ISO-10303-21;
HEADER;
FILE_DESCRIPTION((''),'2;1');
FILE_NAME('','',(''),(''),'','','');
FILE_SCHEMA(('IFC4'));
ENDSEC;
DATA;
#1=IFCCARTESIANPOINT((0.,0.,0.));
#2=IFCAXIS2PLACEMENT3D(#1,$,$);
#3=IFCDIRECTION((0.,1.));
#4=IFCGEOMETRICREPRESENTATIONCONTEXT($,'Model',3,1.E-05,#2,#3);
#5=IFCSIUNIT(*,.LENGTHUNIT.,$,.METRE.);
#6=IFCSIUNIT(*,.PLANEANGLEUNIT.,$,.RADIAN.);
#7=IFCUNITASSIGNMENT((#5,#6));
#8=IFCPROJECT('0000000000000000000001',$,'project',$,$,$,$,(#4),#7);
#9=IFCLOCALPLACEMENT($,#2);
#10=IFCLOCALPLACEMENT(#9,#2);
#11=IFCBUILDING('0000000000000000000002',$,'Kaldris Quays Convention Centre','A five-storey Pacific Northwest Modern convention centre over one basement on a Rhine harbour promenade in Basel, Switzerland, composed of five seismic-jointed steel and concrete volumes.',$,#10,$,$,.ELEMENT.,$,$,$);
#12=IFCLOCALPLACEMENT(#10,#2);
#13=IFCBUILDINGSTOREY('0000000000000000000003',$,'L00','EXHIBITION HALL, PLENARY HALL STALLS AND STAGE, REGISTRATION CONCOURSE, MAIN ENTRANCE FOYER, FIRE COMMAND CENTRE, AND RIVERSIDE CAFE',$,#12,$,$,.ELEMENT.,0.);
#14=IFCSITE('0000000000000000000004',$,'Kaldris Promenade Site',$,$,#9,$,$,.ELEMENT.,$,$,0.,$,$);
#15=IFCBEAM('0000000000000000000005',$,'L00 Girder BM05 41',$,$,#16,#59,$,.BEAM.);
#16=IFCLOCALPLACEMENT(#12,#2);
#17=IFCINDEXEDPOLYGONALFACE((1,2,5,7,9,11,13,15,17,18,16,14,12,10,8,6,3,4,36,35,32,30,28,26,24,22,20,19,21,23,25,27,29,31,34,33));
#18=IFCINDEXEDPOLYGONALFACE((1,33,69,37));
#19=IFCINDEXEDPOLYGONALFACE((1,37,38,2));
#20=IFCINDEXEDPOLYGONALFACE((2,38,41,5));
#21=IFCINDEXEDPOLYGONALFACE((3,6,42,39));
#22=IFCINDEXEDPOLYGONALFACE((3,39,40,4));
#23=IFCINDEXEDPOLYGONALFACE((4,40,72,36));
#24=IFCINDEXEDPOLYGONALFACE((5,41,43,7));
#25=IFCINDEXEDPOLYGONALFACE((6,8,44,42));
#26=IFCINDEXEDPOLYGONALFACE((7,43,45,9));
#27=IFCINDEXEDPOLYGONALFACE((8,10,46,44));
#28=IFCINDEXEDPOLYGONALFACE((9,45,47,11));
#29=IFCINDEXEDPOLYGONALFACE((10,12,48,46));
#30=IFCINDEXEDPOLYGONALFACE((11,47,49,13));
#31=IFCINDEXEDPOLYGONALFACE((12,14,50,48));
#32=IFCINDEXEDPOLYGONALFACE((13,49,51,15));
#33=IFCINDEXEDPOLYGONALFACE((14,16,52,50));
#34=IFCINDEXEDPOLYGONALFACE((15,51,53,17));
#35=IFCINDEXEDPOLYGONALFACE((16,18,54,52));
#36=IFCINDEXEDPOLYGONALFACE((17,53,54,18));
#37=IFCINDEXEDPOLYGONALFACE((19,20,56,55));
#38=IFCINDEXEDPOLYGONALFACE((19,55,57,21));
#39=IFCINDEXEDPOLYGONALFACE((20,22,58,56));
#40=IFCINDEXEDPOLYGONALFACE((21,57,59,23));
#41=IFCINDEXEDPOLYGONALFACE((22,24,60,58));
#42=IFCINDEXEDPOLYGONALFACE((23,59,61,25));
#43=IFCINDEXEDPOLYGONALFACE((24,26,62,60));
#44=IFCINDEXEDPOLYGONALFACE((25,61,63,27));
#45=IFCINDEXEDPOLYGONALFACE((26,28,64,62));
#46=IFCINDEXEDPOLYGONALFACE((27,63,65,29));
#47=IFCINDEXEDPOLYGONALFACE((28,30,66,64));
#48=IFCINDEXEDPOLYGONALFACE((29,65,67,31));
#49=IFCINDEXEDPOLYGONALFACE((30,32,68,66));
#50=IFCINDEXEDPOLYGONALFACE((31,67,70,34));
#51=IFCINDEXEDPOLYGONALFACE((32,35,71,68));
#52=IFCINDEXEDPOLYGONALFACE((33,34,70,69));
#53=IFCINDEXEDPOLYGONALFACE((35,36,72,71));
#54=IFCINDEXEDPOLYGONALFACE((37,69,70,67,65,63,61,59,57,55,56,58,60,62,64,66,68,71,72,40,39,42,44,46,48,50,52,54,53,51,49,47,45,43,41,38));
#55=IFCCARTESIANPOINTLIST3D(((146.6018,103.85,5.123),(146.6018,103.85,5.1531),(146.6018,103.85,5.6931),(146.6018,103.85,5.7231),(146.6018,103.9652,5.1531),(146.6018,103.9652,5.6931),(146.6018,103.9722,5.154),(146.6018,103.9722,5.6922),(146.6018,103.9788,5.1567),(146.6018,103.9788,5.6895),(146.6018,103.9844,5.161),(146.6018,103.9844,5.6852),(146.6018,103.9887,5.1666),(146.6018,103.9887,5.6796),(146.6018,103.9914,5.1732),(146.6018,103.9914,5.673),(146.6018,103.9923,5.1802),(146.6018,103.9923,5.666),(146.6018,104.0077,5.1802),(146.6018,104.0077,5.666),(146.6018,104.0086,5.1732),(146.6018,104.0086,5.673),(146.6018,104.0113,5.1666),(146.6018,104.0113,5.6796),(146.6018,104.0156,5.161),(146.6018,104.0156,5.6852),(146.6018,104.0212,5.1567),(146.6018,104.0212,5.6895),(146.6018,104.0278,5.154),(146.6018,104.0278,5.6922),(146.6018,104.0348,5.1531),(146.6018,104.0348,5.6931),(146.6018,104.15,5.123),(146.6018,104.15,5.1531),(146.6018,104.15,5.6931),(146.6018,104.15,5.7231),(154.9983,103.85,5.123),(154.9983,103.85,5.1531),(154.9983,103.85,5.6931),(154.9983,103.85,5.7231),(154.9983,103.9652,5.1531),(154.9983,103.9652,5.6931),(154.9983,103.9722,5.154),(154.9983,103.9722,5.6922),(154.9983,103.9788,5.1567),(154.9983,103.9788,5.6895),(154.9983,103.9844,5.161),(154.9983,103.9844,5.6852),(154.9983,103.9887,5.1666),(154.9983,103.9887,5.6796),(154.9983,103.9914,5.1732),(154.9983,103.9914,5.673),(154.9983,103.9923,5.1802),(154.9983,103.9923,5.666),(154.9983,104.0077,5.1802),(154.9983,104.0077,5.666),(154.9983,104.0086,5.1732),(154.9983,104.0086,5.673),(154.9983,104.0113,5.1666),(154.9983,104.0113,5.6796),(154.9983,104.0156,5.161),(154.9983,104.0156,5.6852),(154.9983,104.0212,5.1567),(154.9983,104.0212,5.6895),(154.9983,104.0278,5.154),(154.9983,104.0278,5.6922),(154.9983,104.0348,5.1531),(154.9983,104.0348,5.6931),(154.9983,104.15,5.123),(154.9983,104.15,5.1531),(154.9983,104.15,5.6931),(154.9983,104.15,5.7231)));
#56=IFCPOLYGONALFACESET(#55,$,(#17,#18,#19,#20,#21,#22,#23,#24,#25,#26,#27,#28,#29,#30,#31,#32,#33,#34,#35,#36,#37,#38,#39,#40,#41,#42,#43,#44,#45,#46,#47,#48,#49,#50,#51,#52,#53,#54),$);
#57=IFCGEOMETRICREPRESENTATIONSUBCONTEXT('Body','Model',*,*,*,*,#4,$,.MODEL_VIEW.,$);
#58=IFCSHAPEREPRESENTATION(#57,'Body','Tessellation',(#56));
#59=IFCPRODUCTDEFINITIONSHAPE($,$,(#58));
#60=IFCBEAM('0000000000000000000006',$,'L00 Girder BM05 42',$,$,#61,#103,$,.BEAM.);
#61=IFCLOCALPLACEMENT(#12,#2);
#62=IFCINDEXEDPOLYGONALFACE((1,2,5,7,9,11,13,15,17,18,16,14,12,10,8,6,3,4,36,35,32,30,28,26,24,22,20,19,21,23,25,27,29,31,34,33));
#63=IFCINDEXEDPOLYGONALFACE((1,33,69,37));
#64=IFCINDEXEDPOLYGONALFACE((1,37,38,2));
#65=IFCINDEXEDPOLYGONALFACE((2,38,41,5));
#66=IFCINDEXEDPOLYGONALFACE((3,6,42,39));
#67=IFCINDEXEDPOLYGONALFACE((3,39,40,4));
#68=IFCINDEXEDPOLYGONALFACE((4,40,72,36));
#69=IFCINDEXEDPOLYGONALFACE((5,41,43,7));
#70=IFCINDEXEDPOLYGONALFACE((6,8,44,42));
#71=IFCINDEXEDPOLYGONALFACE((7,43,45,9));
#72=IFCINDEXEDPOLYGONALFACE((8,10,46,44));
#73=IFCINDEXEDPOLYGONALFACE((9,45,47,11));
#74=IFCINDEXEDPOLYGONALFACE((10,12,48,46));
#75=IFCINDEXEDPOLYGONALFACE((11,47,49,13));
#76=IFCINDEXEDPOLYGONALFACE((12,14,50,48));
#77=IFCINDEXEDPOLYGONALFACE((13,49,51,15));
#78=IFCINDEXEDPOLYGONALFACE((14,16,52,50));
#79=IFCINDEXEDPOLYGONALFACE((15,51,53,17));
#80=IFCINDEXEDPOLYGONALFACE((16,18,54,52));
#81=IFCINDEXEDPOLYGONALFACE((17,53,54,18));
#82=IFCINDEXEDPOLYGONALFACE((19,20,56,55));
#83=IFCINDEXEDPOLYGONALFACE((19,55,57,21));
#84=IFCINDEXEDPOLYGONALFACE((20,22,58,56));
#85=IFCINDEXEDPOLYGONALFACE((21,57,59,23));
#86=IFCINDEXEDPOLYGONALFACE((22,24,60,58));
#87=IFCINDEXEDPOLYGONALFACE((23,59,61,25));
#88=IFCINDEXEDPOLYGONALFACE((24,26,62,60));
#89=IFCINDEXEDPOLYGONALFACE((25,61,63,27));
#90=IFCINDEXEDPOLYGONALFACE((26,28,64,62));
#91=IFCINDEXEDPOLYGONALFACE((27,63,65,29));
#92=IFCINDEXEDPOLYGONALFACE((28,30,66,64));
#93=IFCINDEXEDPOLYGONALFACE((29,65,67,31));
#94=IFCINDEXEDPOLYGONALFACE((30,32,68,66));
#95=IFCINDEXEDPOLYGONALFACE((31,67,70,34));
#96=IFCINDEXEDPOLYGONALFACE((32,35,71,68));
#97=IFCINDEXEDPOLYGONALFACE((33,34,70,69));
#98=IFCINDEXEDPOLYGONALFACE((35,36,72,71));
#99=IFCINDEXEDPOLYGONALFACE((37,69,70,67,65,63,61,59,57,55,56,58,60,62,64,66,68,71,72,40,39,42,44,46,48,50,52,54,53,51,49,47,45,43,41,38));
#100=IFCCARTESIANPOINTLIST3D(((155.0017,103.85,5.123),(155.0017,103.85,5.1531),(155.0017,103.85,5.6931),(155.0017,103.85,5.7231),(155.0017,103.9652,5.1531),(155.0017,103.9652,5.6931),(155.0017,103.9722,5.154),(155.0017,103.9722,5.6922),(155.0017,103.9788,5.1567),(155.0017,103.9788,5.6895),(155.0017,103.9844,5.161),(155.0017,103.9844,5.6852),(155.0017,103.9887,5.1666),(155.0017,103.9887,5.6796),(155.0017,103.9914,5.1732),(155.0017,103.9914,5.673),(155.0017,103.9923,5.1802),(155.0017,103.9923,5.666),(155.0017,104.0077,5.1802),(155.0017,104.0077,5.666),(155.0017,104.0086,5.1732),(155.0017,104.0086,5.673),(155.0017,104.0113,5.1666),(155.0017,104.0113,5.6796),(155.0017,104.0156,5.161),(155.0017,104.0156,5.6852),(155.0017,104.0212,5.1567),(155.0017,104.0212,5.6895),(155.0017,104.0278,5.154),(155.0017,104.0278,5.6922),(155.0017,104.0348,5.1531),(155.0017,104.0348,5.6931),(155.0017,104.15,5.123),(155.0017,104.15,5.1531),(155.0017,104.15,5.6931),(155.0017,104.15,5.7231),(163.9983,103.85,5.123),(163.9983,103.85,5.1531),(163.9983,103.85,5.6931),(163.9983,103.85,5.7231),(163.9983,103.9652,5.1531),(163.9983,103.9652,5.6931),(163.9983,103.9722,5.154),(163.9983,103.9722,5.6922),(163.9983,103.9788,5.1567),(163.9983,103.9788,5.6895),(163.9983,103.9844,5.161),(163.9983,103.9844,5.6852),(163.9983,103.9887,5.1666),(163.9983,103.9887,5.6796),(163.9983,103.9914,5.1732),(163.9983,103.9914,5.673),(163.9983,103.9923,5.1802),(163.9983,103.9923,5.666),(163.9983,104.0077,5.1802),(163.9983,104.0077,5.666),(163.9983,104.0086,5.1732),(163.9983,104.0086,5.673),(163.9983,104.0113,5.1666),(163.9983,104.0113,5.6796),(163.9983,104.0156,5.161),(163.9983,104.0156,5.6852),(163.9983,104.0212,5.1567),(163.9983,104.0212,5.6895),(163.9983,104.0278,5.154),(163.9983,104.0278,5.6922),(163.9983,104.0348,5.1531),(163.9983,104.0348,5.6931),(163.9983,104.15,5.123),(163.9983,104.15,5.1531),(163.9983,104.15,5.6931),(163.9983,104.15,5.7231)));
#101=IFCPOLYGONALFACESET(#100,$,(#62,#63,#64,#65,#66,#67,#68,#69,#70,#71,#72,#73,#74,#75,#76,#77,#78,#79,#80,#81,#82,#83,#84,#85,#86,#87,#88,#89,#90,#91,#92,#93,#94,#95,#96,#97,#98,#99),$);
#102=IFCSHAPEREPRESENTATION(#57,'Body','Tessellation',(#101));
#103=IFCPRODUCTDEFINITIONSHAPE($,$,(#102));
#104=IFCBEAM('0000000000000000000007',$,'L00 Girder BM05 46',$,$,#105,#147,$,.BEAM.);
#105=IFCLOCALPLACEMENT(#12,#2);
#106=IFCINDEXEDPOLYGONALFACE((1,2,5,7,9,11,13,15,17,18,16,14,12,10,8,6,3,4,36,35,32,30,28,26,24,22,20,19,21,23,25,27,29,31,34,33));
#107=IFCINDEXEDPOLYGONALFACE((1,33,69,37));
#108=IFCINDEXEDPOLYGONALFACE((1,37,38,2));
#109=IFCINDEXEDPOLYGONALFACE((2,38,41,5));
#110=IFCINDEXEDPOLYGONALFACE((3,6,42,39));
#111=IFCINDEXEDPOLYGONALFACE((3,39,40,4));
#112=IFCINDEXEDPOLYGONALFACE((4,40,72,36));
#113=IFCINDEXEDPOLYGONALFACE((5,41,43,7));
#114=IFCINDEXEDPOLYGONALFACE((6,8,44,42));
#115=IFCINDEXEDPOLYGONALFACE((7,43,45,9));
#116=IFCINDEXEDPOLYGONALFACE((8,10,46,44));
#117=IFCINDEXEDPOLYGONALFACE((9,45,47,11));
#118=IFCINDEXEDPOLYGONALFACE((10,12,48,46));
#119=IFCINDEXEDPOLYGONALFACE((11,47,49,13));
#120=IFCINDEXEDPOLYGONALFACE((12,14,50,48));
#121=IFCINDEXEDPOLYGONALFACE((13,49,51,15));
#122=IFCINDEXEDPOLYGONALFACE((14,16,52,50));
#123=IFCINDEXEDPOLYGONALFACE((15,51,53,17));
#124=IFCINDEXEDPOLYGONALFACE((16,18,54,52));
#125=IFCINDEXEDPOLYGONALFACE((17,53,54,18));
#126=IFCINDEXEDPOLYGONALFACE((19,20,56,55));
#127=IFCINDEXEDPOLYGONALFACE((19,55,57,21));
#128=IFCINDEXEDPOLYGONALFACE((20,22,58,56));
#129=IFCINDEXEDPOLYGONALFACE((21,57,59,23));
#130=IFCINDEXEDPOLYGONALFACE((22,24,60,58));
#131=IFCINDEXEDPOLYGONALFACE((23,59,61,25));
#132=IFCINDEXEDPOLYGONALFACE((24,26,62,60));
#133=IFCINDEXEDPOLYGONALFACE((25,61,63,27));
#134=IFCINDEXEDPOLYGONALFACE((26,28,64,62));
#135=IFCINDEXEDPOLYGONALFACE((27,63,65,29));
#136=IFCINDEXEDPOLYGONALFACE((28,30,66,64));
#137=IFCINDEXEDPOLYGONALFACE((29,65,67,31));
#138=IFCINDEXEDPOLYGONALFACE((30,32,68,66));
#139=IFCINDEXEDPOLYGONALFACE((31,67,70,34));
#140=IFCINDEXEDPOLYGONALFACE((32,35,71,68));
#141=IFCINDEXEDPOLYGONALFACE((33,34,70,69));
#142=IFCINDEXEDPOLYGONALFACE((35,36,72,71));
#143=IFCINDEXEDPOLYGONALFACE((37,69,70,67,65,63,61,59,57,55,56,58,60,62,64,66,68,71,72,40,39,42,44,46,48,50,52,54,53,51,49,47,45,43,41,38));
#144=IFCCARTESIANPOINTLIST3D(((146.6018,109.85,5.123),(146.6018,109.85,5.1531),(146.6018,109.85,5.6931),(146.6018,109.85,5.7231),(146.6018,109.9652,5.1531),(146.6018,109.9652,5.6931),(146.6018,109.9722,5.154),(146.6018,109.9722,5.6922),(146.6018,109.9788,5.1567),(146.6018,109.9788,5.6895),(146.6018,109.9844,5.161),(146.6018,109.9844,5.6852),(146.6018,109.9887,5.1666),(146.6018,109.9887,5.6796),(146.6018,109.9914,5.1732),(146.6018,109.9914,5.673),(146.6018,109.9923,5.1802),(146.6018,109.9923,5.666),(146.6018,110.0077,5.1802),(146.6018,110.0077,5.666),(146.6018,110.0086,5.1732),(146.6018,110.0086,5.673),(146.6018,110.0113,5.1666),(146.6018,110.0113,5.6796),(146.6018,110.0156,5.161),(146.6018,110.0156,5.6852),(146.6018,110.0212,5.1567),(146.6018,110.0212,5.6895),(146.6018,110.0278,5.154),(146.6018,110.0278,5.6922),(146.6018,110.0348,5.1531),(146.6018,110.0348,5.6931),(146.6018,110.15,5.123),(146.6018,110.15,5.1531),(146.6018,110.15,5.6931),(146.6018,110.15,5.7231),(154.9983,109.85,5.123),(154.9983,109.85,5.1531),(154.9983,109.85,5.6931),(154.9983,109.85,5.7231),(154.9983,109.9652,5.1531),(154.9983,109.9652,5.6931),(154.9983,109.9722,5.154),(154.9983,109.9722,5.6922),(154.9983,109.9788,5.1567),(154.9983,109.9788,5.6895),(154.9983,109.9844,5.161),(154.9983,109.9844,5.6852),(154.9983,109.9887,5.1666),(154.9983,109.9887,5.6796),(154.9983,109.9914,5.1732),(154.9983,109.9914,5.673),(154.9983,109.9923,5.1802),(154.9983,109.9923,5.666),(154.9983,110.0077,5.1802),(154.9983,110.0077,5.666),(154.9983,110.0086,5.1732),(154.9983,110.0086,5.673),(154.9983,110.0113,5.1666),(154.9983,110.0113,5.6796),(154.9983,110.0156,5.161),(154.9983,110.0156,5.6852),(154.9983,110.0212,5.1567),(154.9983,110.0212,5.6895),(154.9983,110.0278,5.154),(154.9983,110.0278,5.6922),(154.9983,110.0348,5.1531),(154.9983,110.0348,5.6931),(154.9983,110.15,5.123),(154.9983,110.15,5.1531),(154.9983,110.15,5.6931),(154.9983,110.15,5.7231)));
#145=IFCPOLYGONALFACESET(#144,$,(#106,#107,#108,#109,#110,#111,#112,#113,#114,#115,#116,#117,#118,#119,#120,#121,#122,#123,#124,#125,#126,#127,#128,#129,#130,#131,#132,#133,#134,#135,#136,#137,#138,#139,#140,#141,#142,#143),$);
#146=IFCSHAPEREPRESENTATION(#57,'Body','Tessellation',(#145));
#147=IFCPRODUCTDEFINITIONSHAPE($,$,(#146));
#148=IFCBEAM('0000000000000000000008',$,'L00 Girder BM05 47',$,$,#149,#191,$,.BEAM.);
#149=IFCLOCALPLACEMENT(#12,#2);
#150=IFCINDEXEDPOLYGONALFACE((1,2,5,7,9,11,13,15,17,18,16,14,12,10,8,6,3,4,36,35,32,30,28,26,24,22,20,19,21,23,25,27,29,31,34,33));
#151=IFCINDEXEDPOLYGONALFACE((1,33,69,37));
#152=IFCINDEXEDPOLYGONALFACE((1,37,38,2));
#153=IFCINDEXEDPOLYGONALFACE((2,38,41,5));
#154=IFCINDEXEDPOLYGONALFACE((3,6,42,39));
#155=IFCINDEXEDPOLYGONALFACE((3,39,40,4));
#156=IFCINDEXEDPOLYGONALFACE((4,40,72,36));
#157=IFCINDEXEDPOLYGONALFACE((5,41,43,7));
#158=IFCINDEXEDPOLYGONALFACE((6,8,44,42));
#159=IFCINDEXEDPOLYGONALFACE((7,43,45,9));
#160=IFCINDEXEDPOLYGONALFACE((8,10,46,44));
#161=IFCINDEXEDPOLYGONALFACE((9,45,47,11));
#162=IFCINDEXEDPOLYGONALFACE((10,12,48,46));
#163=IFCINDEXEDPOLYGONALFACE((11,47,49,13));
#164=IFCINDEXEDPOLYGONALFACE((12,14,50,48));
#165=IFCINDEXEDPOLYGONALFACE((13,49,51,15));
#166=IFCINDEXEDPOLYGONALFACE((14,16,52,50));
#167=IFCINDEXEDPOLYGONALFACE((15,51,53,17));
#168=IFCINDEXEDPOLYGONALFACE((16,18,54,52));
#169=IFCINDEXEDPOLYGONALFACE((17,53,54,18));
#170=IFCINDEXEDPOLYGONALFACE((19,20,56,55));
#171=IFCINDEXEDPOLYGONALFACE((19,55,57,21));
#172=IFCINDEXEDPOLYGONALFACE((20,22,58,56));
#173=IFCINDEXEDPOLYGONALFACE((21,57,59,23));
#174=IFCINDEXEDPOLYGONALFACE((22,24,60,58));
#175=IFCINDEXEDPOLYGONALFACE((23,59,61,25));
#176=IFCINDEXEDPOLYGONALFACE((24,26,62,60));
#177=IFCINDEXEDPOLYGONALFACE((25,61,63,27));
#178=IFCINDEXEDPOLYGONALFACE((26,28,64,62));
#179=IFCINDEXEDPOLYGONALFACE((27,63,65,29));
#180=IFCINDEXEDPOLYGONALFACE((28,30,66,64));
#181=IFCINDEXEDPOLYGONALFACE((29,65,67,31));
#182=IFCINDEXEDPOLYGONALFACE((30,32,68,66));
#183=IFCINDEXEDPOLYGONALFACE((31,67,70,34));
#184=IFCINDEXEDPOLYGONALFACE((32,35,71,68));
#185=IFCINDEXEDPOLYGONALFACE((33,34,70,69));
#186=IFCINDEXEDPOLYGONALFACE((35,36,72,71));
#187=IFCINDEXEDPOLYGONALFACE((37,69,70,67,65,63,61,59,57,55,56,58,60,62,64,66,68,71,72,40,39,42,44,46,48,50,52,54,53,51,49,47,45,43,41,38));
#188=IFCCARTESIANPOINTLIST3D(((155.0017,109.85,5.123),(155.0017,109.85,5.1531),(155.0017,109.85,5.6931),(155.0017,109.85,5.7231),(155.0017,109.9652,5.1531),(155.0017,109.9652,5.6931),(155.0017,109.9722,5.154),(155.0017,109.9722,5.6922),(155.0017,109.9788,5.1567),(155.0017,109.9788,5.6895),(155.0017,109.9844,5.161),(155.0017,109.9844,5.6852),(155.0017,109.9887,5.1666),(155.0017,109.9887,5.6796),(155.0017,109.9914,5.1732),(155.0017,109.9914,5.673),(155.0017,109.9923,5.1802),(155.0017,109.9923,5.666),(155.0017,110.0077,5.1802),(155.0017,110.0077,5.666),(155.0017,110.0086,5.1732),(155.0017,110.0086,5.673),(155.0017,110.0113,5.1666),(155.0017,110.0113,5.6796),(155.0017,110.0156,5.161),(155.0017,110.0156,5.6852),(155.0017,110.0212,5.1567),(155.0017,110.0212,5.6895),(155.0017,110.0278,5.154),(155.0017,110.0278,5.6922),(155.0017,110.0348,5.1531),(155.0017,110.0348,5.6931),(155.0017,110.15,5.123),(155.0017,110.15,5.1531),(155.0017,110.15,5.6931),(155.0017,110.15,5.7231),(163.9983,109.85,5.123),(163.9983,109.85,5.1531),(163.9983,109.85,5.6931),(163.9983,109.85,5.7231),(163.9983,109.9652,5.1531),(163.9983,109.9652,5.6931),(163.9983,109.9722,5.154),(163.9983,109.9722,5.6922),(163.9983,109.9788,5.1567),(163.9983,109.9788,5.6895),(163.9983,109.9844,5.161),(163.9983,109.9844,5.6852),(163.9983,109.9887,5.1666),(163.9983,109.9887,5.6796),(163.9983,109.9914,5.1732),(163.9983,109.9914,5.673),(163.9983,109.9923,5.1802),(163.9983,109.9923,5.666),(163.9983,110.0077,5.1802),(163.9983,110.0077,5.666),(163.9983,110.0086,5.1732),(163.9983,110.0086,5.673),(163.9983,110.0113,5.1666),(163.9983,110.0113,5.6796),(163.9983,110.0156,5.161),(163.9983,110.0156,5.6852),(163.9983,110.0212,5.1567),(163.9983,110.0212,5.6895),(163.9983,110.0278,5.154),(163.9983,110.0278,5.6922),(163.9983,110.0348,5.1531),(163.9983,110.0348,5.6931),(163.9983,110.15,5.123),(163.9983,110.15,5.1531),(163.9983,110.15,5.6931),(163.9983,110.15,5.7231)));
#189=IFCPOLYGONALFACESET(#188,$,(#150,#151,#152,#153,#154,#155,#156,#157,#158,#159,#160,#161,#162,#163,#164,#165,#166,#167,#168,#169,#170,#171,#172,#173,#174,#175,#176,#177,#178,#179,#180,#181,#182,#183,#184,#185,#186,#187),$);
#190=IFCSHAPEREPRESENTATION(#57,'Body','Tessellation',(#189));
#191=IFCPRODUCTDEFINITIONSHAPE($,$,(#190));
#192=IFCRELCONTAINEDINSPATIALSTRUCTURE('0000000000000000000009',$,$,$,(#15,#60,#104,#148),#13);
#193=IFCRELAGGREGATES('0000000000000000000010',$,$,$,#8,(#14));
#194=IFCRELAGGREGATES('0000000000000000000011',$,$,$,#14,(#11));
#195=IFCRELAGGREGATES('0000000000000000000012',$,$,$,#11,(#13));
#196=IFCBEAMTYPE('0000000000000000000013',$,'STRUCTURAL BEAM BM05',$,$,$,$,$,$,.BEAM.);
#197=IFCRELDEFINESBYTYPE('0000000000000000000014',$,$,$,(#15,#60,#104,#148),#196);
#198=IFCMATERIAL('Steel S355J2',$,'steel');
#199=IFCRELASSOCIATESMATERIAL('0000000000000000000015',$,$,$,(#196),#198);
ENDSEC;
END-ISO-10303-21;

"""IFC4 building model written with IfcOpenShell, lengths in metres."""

from ifc_helpers import new_model, si_unit, direction, frame, origin, origin_2d, place, context, subcontext, project, spatial, i_section, extrude, material, material_profile, profile_set, type_object, element, save


model = new_model("IFC4")

# Units and contexts
model_context = context("Model", 3, precision=1e-05, world=origin(), true_north=direction((0.0, 1.0)))
body_context = subcontext(model_context, "Body", "Model", "MODEL_VIEW")
ifc_project = project(units=[si_unit("LENGTHUNIT", "METRE"), si_unit("PLANEANGLEUNIT", "RADIAN")], contexts=[model_context])

# Site, building, storey
site_placement = place(None, origin())
site = spatial("IfcSite", under=ifc_project, at=site_placement, Name="Kaldris Promenade Site", CompositionType="ELEMENT", RefElevation=0.0)
building_placement = place(site_placement, origin())
building = spatial("IfcBuilding", under=site, at=building_placement, Name="Kaldris Quays Convention Centre", Description="A five-storey Pacific Northwest Modern convention centre over one basement on a Rhine harbour promenade in Basel, Switzerland, composed of five seismic-jointed steel and concrete volumes.", CompositionType="ELEMENT")
storey_placement = place(building_placement, origin())
storey = spatial("IfcBuildingStorey", under=building, at=storey_placement, Name="L00", Description="EXHIBITION HALL, PLENARY HALL STALLS AND STAGE, REGISTRATION CONCOURSE, MAIN ENTRANCE FOYER, FIRE COMMAND CENTRE, AND RIVERSIDE CAFE", CompositionType="ELEMENT", Elevation=0.0)

# Shared definitions
ifc_material_1 = material(Name="Steel S355J2", Category="steel")

# Beams
ifc_material_profile_1 = material_profile(ifc_material_1, i_section(OverallWidth=0.3, OverallDepth=0.6001, WebThickness=0.0154, FlangeThickness=0.03, FilletRadius=0.0271, at=origin_2d()), Name="HEB 600")
ifc_profile_set_1 = profile_set([ifc_material_profile_1], Name="Steel S355J2")
beam_type_1 = type_object("IfcBeamType", Name="STRUCTURAL BEAM BM05", PredefinedType="BEAM", material=ifc_profile_set_1)
beam_1_placement = place(storey_placement, frame((146.6018, 104.0, 5.4231), z_axis=(1.0, 0.0, 0.0), x_axis=(0.0, 1.0, 0.0)))
element("IfcBeam", 1, at=beam_1_placement, inside=storey, type_object=beam_type_1, Name="L00 Girder BM05 41", PredefinedType="BEAM", context=body_context, shape_type="SweptSolid", body=[
    extrude(i_section(OverallWidth=0.3, OverallDepth=0.6001, WebThickness=0.0154, FlangeThickness=0.03, FilletRadius=0.0271, at=origin_2d()), origin(), (0.0, 0.0, 1.0), 8.3965),
])
beam_2_placement = place(storey_placement, frame((155.0017, 104.0, 5.4231), z_axis=(1.0, 0.0, 0.0), x_axis=(0.0, 1.0, 0.0)))
element("IfcBeam", 2, at=beam_2_placement, inside=storey, type_object=beam_type_1, Name="L00 Girder BM05 42", PredefinedType="BEAM", context=body_context, shape_type="SweptSolid", body=[
    extrude(i_section(OverallWidth=0.3, OverallDepth=0.6001, WebThickness=0.0154, FlangeThickness=0.03, FilletRadius=0.0271, at=origin_2d()), origin(), (0.0, 0.0, 1.0), 8.9966),
])
beam_3_placement = place(storey_placement, frame((146.6018, 110.0, 5.4231), z_axis=(1.0, 0.0, 0.0), x_axis=(0.0, 1.0, 0.0)))
element("IfcBeam", 3, at=beam_3_placement, inside=storey, type_object=beam_type_1, Name="L00 Girder BM05 46", PredefinedType="BEAM", context=body_context, shape_type="SweptSolid", body=[
    extrude(i_section(OverallWidth=0.3, OverallDepth=0.6001, WebThickness=0.0154, FlangeThickness=0.03, FilletRadius=0.0271, at=origin_2d()), origin(), (0.0, 0.0, 1.0), 8.3965),
])
beam_4_placement = place(storey_placement, frame((155.0017, 110.0, 5.4231), z_axis=(1.0, 0.0, 0.0), x_axis=(0.0, 1.0, 0.0)))
element("IfcBeam", 4, at=beam_4_placement, inside=storey, type_object=beam_type_1, Name="L00 Girder BM05 47", PredefinedType="BEAM", context=body_context, shape_type="SweptSolid", body=[
    extrude(i_section(OverallWidth=0.3, OverallDepth=0.6001, WebThickness=0.0154, FlangeThickness=0.03, FilletRadius=0.0271, at=origin_2d()), origin(), (0.0, 0.0, 1.0), 8.9966),
])

save(model, "model.ifc")
